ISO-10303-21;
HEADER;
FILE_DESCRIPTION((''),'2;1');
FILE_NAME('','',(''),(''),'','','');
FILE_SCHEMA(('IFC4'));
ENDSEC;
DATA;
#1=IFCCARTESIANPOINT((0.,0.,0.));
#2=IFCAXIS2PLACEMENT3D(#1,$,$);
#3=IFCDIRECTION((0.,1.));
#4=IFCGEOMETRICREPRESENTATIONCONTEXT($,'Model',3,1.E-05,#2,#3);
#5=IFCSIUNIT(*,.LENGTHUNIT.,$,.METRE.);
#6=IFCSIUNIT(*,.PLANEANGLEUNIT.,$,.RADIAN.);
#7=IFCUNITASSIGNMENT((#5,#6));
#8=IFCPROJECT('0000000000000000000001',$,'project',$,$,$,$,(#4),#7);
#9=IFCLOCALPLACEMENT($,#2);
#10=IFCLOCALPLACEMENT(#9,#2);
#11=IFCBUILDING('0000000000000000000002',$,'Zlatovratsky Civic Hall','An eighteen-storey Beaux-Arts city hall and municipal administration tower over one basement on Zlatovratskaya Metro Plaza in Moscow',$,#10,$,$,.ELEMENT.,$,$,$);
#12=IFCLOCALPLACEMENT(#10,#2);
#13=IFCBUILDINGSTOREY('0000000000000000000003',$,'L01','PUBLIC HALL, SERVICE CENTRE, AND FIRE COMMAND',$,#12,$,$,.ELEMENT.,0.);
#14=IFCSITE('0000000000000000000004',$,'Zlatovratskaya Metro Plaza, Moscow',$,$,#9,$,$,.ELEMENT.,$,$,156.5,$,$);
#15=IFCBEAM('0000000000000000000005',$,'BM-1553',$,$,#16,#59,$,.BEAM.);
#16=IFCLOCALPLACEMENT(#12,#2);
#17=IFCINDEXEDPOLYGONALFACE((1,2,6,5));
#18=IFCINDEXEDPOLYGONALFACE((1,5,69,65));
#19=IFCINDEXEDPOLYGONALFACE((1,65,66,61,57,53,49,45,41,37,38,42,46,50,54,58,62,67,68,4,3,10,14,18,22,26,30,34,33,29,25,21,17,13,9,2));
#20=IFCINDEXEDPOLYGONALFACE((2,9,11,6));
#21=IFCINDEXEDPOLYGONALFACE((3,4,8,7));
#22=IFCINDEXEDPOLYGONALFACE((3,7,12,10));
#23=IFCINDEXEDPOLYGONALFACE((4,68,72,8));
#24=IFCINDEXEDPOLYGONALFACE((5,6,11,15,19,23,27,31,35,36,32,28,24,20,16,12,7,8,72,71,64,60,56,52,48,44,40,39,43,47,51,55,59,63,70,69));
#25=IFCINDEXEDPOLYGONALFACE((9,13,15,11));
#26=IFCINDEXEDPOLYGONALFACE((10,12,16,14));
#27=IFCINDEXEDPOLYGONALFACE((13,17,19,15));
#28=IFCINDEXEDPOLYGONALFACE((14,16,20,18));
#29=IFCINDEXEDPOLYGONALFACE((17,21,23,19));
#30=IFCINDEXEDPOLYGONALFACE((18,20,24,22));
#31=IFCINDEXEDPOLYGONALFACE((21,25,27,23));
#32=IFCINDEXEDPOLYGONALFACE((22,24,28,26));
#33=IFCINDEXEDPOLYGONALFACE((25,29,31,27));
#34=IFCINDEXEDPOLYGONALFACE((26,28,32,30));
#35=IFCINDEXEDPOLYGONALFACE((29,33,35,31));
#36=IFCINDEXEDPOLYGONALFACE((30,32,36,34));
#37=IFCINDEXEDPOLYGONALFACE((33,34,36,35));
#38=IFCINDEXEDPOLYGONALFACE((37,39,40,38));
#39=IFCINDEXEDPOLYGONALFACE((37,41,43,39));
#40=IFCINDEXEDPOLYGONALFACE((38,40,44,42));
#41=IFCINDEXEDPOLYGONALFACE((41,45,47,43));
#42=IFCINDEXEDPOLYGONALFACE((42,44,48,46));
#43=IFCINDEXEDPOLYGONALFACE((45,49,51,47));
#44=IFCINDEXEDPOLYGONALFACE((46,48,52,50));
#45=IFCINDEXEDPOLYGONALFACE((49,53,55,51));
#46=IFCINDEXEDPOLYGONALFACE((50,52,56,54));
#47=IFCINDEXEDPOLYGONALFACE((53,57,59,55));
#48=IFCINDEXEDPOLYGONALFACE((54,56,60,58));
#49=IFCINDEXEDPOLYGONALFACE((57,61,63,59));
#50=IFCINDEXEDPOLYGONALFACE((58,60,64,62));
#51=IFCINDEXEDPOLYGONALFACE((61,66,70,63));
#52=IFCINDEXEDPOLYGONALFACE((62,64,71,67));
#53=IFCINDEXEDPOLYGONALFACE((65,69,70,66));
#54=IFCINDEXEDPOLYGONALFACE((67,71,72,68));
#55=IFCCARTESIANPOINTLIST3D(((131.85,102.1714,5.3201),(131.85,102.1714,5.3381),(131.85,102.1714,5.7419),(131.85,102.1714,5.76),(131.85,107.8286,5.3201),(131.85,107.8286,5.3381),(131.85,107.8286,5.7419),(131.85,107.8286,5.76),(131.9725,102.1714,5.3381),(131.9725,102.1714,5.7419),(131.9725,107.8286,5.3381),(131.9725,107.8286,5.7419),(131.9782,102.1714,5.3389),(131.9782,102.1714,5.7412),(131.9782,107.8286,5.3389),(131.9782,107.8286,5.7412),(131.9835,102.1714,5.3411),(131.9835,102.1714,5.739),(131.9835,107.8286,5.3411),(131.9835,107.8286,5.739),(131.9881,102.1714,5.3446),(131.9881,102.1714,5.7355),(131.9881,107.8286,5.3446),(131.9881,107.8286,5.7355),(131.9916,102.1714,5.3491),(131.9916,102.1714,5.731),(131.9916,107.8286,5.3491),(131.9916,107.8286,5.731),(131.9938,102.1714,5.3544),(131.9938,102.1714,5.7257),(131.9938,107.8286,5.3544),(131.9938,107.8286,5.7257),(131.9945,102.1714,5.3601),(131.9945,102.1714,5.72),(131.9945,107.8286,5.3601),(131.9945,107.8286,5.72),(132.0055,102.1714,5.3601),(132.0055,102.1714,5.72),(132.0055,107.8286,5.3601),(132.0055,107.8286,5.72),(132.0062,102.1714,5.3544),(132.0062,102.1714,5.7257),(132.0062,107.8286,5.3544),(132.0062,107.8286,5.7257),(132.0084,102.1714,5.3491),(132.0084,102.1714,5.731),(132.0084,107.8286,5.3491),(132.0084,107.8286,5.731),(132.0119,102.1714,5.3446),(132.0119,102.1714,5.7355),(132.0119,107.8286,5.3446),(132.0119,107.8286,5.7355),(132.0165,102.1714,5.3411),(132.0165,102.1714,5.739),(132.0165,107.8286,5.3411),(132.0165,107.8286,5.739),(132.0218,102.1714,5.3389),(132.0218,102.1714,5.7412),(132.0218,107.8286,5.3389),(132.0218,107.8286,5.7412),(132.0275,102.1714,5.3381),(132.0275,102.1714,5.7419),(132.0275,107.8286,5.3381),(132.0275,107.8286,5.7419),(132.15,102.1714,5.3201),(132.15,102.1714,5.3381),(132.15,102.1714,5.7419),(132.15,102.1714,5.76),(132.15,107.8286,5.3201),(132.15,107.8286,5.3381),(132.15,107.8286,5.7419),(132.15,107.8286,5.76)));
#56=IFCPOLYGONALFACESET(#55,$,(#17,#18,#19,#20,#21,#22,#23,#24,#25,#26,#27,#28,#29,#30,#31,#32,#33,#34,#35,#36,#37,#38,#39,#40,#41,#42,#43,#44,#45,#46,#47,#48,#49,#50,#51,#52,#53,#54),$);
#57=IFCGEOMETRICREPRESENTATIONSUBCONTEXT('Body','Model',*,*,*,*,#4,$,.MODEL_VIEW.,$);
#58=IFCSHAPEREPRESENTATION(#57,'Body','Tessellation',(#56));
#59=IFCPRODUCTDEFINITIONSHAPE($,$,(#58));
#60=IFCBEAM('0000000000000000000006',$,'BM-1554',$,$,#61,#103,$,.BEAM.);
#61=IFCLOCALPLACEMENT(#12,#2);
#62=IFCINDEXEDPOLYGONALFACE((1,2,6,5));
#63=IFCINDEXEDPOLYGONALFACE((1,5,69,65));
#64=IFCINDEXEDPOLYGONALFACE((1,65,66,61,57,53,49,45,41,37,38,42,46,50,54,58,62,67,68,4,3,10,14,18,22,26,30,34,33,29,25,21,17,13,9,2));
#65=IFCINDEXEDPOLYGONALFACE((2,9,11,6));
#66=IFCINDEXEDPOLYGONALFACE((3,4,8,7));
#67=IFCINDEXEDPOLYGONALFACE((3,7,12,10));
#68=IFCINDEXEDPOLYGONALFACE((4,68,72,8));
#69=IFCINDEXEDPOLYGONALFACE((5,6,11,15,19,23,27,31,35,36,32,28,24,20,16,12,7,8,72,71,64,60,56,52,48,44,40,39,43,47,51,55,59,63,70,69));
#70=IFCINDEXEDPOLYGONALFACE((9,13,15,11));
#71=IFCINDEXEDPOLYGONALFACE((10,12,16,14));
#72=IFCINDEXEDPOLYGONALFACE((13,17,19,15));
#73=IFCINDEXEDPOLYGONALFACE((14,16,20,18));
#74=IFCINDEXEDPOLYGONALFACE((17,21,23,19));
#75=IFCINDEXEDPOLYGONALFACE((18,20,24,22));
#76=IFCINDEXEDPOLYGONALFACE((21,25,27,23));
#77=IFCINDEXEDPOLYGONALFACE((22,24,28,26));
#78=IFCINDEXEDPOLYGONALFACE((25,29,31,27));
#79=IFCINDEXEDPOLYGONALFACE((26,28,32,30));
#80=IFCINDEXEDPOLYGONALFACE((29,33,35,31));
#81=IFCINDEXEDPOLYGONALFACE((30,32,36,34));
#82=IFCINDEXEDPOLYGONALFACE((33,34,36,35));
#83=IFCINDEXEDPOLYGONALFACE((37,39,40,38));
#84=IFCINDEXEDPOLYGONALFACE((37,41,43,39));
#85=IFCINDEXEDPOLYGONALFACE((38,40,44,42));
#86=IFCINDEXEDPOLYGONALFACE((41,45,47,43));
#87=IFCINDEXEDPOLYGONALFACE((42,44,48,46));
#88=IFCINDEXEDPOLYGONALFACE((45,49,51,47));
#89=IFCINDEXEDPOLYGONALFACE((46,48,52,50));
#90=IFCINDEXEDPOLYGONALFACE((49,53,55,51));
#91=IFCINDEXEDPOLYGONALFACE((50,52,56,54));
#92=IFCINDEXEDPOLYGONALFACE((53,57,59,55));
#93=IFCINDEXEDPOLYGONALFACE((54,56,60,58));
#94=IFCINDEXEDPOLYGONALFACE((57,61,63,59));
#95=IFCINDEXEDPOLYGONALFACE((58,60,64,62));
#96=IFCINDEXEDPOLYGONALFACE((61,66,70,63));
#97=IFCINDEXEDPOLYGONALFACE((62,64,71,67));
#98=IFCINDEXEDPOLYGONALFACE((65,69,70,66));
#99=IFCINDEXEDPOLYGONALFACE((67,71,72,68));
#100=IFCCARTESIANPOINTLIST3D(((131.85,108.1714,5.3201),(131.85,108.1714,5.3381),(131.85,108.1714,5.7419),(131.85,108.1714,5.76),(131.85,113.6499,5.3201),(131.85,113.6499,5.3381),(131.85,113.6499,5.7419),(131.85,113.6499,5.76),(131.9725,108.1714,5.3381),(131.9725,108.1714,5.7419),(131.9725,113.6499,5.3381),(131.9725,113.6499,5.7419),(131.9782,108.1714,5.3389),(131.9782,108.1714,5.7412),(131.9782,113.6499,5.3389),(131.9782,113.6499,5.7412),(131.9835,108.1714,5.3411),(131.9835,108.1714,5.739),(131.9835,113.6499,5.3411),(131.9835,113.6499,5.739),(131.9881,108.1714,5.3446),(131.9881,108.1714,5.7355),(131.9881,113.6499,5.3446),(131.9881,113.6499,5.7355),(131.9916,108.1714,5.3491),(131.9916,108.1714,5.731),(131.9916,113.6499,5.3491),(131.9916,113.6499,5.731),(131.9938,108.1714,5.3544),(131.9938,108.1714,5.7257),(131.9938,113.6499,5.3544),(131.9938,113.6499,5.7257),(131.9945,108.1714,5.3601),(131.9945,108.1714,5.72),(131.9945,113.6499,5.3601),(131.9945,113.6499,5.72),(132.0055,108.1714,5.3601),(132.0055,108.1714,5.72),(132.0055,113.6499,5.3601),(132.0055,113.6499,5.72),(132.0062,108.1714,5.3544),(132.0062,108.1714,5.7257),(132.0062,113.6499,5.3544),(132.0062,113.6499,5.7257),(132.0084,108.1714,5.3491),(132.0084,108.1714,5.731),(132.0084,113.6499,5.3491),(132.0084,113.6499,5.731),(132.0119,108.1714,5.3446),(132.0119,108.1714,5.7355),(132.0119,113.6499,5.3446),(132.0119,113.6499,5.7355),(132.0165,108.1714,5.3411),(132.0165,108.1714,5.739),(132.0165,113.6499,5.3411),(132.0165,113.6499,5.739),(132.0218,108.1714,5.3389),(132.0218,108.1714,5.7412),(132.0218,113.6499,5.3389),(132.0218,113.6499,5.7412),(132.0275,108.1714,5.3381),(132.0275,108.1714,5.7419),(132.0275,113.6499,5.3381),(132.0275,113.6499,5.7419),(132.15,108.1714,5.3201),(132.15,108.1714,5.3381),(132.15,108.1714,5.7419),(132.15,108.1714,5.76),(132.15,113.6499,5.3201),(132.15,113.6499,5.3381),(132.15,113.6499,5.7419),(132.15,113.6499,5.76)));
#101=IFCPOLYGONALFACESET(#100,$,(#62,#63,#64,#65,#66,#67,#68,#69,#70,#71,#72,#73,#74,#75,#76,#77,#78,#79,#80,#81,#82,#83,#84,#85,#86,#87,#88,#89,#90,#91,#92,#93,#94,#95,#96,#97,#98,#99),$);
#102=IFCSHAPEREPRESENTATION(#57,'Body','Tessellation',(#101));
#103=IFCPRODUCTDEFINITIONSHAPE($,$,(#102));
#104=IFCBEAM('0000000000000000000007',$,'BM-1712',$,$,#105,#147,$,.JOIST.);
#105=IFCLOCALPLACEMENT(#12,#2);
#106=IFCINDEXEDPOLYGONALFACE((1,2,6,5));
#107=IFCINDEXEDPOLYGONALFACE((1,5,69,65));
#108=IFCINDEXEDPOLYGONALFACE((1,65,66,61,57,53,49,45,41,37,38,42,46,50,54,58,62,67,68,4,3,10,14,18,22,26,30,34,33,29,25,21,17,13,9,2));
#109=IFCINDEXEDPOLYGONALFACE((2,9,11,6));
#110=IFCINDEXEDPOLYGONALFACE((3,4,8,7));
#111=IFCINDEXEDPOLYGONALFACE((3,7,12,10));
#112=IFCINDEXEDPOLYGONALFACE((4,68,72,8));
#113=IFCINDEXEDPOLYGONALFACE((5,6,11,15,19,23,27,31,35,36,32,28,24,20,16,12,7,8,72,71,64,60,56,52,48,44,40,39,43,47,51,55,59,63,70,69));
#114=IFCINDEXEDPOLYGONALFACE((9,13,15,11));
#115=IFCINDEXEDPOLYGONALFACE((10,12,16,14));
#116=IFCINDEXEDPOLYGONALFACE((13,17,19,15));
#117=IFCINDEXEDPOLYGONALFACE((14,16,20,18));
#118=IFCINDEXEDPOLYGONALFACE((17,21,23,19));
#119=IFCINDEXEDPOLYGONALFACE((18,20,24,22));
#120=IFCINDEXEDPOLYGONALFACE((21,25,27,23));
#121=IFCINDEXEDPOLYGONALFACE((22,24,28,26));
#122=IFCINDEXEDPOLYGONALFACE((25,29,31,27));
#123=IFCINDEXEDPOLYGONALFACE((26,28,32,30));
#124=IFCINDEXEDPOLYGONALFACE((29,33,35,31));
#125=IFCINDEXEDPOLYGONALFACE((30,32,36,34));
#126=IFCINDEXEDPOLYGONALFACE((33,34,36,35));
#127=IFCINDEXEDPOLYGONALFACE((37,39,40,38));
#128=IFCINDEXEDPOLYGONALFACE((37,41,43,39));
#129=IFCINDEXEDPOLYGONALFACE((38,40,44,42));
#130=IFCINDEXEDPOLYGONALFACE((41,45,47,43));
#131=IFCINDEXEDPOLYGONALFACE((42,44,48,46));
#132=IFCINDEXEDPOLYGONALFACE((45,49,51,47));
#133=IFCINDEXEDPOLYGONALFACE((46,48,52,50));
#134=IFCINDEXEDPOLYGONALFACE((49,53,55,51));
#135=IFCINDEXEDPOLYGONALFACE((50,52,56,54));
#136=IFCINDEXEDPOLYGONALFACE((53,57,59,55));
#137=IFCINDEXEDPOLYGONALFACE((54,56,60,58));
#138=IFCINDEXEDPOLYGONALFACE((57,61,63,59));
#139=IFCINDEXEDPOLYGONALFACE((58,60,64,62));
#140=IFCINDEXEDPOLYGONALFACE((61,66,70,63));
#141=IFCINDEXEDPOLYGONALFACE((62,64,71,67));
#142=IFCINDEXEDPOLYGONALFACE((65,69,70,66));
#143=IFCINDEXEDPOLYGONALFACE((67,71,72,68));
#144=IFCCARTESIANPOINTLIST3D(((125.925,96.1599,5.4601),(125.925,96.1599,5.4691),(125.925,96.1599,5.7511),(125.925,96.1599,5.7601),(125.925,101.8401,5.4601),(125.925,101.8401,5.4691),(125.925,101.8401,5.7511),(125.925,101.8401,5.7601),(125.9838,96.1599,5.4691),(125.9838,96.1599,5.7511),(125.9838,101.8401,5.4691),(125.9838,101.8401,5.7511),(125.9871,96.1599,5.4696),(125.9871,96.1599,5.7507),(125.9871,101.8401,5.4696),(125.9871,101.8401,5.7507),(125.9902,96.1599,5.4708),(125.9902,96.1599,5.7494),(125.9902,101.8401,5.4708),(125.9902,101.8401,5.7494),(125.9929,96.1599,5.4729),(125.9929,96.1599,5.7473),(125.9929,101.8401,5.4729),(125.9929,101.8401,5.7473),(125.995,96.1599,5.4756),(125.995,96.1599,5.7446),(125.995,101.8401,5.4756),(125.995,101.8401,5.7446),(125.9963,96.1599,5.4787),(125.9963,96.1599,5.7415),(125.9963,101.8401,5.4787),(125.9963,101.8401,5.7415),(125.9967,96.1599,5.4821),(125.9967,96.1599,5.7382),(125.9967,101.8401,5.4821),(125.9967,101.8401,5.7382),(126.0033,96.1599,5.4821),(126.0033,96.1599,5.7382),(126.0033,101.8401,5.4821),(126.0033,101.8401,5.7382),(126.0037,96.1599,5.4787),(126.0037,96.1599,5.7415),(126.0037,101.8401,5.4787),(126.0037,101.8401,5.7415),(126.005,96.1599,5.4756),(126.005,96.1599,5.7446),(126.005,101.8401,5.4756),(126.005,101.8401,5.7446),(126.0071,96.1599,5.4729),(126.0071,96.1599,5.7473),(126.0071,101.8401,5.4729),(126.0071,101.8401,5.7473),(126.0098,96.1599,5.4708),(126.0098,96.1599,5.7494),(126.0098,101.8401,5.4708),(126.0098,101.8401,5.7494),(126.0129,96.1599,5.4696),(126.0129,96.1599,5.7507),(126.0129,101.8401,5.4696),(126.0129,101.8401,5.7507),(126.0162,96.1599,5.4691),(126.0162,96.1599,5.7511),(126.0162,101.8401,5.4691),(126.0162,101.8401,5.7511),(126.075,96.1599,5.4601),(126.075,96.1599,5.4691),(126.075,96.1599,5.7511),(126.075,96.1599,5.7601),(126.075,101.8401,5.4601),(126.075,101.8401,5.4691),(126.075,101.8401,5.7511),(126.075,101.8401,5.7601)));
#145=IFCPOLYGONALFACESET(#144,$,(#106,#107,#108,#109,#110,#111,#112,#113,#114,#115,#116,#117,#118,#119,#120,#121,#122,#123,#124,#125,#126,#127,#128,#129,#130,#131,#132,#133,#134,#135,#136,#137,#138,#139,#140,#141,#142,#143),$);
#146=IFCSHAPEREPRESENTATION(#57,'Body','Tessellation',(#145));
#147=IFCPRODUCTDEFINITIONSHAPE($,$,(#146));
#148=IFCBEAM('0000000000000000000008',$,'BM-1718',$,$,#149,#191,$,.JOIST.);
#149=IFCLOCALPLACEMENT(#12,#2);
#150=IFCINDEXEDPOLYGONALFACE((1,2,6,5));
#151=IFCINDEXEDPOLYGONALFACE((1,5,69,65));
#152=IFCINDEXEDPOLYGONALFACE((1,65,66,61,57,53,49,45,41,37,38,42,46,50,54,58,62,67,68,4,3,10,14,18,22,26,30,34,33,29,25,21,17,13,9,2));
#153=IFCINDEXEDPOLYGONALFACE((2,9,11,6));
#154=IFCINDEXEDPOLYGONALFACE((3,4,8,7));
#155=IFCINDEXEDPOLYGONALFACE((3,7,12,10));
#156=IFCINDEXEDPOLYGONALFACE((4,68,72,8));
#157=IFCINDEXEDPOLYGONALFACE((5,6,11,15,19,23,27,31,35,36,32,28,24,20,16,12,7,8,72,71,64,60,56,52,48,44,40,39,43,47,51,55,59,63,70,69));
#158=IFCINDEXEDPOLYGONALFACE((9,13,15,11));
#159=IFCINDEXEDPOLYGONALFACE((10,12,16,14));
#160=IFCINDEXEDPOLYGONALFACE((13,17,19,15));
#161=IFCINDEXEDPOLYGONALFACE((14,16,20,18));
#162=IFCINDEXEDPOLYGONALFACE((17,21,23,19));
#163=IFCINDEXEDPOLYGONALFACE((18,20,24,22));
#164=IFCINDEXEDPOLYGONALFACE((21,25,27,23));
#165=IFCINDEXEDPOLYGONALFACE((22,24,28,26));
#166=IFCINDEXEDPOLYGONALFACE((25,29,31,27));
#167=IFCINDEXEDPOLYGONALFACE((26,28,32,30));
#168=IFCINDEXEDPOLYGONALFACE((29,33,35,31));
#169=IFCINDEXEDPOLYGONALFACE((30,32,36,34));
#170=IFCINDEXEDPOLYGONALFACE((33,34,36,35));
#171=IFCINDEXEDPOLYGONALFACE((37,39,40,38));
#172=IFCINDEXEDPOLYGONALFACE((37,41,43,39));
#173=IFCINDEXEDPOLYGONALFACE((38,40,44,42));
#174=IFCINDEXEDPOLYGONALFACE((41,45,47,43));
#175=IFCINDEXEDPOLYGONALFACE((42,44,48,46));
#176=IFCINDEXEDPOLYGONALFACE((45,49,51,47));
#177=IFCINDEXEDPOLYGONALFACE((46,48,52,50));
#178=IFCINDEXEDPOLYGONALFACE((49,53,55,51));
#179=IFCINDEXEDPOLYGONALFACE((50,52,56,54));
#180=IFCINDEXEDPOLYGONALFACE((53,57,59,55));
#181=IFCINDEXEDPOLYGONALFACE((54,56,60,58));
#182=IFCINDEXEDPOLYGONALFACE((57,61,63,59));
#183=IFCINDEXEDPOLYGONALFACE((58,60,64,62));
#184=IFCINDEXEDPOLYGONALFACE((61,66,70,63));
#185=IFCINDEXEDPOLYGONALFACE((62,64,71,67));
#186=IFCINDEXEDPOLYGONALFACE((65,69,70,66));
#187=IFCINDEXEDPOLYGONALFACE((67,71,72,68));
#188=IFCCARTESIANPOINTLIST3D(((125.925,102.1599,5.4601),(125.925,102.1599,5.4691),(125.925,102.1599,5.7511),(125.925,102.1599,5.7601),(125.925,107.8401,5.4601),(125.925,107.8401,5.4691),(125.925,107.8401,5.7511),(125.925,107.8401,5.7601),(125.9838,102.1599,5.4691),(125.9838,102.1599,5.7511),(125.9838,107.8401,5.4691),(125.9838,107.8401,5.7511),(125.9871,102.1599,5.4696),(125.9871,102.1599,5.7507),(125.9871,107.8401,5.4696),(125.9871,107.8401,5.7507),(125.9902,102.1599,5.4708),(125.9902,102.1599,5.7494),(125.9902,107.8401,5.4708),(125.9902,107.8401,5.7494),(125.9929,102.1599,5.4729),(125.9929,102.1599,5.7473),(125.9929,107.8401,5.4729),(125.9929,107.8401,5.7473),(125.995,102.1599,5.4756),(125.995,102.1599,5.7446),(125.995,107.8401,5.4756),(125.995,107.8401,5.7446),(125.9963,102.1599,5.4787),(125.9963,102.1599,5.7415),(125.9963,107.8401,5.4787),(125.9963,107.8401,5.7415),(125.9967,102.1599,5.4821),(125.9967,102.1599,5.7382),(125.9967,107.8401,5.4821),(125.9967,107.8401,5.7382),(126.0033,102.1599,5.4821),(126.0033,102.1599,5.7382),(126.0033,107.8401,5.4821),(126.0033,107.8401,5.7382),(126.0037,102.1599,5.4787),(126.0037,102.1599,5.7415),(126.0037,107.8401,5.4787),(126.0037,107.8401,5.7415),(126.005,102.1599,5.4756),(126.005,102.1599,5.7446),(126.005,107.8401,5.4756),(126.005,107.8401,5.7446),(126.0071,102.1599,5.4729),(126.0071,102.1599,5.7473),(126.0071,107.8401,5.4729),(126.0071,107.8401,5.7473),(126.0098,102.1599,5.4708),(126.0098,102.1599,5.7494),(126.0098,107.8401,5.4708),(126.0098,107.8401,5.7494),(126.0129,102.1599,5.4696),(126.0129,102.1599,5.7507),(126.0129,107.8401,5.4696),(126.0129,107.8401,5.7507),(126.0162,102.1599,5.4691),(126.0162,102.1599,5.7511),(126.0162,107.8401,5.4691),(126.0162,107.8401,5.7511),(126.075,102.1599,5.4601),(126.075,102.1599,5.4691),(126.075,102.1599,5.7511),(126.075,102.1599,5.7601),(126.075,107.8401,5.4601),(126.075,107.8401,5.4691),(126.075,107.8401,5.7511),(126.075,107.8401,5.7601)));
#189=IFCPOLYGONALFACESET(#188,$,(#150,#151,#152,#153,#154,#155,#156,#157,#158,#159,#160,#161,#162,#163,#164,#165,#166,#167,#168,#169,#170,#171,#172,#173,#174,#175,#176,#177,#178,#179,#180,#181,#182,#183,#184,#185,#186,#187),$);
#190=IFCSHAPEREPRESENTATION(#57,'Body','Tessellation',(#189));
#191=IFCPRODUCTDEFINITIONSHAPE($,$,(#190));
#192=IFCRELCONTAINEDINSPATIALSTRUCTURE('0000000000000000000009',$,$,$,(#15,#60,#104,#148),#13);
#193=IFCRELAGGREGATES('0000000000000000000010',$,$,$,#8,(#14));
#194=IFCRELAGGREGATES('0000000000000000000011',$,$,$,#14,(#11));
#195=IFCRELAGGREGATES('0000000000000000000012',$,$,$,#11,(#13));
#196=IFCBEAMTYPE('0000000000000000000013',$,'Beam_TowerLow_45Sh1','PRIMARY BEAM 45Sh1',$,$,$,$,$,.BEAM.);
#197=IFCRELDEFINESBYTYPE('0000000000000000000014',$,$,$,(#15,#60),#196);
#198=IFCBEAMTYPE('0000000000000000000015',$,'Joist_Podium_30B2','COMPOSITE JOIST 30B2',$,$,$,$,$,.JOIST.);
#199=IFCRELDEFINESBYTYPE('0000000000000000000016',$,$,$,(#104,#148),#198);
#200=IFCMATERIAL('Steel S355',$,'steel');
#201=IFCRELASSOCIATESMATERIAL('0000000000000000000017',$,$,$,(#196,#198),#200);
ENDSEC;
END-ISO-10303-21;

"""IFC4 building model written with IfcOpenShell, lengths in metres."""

from ifc_helpers import new_model, si_unit, direction, frame, origin, origin_2d, place, context, subcontext, project, spatial, i_section, extrude, material, material_profile, profile_set, type_object, element, save


model = new_model("IFC4")

# Units and contexts
model_context = context("Model", 3, precision=1e-05, world=origin(), true_north=direction((0.0, 1.0)))
body_context = subcontext(model_context, "Body", "Model", "MODEL_VIEW")
ifc_project = project(units=[si_unit("LENGTHUNIT", "METRE"), si_unit("PLANEANGLEUNIT", "RADIAN")], contexts=[model_context])

# Site, building, storey
site_placement = place(None, origin())
site = spatial("IfcSite", under=ifc_project, at=site_placement, Name="Zlatovratskaya Metro Plaza, Moscow", CompositionType="ELEMENT", RefElevation=156.5)
building_placement = place(site_placement, origin())
building = spatial("IfcBuilding", under=site, at=building_placement, Name="Zlatovratsky Civic Hall", Description="An eighteen-storey Beaux-Arts city hall and municipal administration tower over one basement on Zlatovratskaya Metro Plaza in Moscow", CompositionType="ELEMENT")
storey_placement = place(building_placement, origin())
storey = spatial("IfcBuildingStorey", under=building, at=storey_placement, Name="L01", Description="PUBLIC HALL, SERVICE CENTRE, AND FIRE COMMAND", CompositionType="ELEMENT", Elevation=0.0)

# Shared definitions
ifc_material_1 = material(Name="Steel S355", Category="steel")

# Beams
ifc_material_profile_1 = material_profile(ifc_material_1, i_section(OverallWidth=0.3, OverallDepth=0.4399, WebThickness=0.011, FlangeThickness=0.0181, FilletRadius=0.022, at=origin_2d()), Name="45Sh1")
ifc_profile_set_1 = profile_set([ifc_material_profile_1], Name="Steel S355")
beam_type_1 = type_object("IfcBeamType", Name="Beam_TowerLow_45Sh1", Description="PRIMARY BEAM 45Sh1", PredefinedType="BEAM", material=ifc_profile_set_1)
for number, where, z_axis, x_axis, name in (
    (1, (132.0, 102.1714, 5.54), (0.0, 1.0, 0.0), (-1.0, 0.0, 0.0), "BM-1553"),
):
    element("IfcBeam", number, at=place(storey_placement, frame(where, z_axis=z_axis, x_axis=x_axis)), inside=storey, type_object=beam_type_1, Name=name, PredefinedType="BEAM", context=body_context, shape_type="SweptSolid", body=[
        extrude(i_section(OverallWidth=0.3, OverallDepth=0.4399, WebThickness=0.011, FlangeThickness=0.0181, FilletRadius=0.022, at=origin_2d()), origin(), (0.0, 0.0, 1.0), 5.6572),
    ])
beam_1_placement = place(storey_placement, frame((132.0, 108.1714, 5.54), z_axis=(0.0, 1.0, 0.0), x_axis=(-1.0, 0.0, 0.0)))
element("IfcBeam", 2, at=beam_1_placement, inside=storey, type_object=beam_type_1, Name="BM-1554", PredefinedType="BEAM", context=body_context, shape_type="SweptSolid", body=[
    extrude(i_section(OverallWidth=0.3, OverallDepth=0.4399, WebThickness=0.011, FlangeThickness=0.0181, FilletRadius=0.022, at=origin_2d()), origin(), (0.0, 0.0, 1.0), 5.4785),
])
ifc_material_profile_2 = material_profile(ifc_material_1, i_section(OverallWidth=0.1499, OverallDepth=0.3, WebThickness=0.0066, FlangeThickness=0.009, FilletRadius=0.0129, at=origin_2d()), Name="30B2")
ifc_profile_set_2 = profile_set([ifc_material_profile_2], Name="Steel S355")
beam_type_2 = type_object("IfcBeamType", Name="Joist_Podium_30B2", Description="COMPOSITE JOIST 30B2", PredefinedType="JOIST", material=ifc_profile_set_2)
for number, where, z_axis, x_axis, name in (
    (3, (126.0, 96.1599, 5.6101), (0.0, 1.0, 0.0), (-1.0, 0.0, 0.0), "BM-1712"),
    (4, (126.0, 102.1599, 5.6101), (0.0, 1.0, 0.0), (-1.0, 0.0, 0.0), "BM-1718"),
):
    element("IfcBeam", number, at=place(storey_placement, frame(where, z_axis=z_axis, x_axis=x_axis)), inside=storey, type_object=beam_type_2, Name=name, PredefinedType="JOIST", context=body_context, shape_type="SweptSolid", body=[
        extrude(i_section(OverallWidth=0.1499, OverallDepth=0.3, WebThickness=0.0066, FlangeThickness=0.009, FilletRadius=0.0129, at=origin_2d()), origin(), (0.0, 0.0, 1.0), 5.6802),
    ])

save(model, "model.ifc")
